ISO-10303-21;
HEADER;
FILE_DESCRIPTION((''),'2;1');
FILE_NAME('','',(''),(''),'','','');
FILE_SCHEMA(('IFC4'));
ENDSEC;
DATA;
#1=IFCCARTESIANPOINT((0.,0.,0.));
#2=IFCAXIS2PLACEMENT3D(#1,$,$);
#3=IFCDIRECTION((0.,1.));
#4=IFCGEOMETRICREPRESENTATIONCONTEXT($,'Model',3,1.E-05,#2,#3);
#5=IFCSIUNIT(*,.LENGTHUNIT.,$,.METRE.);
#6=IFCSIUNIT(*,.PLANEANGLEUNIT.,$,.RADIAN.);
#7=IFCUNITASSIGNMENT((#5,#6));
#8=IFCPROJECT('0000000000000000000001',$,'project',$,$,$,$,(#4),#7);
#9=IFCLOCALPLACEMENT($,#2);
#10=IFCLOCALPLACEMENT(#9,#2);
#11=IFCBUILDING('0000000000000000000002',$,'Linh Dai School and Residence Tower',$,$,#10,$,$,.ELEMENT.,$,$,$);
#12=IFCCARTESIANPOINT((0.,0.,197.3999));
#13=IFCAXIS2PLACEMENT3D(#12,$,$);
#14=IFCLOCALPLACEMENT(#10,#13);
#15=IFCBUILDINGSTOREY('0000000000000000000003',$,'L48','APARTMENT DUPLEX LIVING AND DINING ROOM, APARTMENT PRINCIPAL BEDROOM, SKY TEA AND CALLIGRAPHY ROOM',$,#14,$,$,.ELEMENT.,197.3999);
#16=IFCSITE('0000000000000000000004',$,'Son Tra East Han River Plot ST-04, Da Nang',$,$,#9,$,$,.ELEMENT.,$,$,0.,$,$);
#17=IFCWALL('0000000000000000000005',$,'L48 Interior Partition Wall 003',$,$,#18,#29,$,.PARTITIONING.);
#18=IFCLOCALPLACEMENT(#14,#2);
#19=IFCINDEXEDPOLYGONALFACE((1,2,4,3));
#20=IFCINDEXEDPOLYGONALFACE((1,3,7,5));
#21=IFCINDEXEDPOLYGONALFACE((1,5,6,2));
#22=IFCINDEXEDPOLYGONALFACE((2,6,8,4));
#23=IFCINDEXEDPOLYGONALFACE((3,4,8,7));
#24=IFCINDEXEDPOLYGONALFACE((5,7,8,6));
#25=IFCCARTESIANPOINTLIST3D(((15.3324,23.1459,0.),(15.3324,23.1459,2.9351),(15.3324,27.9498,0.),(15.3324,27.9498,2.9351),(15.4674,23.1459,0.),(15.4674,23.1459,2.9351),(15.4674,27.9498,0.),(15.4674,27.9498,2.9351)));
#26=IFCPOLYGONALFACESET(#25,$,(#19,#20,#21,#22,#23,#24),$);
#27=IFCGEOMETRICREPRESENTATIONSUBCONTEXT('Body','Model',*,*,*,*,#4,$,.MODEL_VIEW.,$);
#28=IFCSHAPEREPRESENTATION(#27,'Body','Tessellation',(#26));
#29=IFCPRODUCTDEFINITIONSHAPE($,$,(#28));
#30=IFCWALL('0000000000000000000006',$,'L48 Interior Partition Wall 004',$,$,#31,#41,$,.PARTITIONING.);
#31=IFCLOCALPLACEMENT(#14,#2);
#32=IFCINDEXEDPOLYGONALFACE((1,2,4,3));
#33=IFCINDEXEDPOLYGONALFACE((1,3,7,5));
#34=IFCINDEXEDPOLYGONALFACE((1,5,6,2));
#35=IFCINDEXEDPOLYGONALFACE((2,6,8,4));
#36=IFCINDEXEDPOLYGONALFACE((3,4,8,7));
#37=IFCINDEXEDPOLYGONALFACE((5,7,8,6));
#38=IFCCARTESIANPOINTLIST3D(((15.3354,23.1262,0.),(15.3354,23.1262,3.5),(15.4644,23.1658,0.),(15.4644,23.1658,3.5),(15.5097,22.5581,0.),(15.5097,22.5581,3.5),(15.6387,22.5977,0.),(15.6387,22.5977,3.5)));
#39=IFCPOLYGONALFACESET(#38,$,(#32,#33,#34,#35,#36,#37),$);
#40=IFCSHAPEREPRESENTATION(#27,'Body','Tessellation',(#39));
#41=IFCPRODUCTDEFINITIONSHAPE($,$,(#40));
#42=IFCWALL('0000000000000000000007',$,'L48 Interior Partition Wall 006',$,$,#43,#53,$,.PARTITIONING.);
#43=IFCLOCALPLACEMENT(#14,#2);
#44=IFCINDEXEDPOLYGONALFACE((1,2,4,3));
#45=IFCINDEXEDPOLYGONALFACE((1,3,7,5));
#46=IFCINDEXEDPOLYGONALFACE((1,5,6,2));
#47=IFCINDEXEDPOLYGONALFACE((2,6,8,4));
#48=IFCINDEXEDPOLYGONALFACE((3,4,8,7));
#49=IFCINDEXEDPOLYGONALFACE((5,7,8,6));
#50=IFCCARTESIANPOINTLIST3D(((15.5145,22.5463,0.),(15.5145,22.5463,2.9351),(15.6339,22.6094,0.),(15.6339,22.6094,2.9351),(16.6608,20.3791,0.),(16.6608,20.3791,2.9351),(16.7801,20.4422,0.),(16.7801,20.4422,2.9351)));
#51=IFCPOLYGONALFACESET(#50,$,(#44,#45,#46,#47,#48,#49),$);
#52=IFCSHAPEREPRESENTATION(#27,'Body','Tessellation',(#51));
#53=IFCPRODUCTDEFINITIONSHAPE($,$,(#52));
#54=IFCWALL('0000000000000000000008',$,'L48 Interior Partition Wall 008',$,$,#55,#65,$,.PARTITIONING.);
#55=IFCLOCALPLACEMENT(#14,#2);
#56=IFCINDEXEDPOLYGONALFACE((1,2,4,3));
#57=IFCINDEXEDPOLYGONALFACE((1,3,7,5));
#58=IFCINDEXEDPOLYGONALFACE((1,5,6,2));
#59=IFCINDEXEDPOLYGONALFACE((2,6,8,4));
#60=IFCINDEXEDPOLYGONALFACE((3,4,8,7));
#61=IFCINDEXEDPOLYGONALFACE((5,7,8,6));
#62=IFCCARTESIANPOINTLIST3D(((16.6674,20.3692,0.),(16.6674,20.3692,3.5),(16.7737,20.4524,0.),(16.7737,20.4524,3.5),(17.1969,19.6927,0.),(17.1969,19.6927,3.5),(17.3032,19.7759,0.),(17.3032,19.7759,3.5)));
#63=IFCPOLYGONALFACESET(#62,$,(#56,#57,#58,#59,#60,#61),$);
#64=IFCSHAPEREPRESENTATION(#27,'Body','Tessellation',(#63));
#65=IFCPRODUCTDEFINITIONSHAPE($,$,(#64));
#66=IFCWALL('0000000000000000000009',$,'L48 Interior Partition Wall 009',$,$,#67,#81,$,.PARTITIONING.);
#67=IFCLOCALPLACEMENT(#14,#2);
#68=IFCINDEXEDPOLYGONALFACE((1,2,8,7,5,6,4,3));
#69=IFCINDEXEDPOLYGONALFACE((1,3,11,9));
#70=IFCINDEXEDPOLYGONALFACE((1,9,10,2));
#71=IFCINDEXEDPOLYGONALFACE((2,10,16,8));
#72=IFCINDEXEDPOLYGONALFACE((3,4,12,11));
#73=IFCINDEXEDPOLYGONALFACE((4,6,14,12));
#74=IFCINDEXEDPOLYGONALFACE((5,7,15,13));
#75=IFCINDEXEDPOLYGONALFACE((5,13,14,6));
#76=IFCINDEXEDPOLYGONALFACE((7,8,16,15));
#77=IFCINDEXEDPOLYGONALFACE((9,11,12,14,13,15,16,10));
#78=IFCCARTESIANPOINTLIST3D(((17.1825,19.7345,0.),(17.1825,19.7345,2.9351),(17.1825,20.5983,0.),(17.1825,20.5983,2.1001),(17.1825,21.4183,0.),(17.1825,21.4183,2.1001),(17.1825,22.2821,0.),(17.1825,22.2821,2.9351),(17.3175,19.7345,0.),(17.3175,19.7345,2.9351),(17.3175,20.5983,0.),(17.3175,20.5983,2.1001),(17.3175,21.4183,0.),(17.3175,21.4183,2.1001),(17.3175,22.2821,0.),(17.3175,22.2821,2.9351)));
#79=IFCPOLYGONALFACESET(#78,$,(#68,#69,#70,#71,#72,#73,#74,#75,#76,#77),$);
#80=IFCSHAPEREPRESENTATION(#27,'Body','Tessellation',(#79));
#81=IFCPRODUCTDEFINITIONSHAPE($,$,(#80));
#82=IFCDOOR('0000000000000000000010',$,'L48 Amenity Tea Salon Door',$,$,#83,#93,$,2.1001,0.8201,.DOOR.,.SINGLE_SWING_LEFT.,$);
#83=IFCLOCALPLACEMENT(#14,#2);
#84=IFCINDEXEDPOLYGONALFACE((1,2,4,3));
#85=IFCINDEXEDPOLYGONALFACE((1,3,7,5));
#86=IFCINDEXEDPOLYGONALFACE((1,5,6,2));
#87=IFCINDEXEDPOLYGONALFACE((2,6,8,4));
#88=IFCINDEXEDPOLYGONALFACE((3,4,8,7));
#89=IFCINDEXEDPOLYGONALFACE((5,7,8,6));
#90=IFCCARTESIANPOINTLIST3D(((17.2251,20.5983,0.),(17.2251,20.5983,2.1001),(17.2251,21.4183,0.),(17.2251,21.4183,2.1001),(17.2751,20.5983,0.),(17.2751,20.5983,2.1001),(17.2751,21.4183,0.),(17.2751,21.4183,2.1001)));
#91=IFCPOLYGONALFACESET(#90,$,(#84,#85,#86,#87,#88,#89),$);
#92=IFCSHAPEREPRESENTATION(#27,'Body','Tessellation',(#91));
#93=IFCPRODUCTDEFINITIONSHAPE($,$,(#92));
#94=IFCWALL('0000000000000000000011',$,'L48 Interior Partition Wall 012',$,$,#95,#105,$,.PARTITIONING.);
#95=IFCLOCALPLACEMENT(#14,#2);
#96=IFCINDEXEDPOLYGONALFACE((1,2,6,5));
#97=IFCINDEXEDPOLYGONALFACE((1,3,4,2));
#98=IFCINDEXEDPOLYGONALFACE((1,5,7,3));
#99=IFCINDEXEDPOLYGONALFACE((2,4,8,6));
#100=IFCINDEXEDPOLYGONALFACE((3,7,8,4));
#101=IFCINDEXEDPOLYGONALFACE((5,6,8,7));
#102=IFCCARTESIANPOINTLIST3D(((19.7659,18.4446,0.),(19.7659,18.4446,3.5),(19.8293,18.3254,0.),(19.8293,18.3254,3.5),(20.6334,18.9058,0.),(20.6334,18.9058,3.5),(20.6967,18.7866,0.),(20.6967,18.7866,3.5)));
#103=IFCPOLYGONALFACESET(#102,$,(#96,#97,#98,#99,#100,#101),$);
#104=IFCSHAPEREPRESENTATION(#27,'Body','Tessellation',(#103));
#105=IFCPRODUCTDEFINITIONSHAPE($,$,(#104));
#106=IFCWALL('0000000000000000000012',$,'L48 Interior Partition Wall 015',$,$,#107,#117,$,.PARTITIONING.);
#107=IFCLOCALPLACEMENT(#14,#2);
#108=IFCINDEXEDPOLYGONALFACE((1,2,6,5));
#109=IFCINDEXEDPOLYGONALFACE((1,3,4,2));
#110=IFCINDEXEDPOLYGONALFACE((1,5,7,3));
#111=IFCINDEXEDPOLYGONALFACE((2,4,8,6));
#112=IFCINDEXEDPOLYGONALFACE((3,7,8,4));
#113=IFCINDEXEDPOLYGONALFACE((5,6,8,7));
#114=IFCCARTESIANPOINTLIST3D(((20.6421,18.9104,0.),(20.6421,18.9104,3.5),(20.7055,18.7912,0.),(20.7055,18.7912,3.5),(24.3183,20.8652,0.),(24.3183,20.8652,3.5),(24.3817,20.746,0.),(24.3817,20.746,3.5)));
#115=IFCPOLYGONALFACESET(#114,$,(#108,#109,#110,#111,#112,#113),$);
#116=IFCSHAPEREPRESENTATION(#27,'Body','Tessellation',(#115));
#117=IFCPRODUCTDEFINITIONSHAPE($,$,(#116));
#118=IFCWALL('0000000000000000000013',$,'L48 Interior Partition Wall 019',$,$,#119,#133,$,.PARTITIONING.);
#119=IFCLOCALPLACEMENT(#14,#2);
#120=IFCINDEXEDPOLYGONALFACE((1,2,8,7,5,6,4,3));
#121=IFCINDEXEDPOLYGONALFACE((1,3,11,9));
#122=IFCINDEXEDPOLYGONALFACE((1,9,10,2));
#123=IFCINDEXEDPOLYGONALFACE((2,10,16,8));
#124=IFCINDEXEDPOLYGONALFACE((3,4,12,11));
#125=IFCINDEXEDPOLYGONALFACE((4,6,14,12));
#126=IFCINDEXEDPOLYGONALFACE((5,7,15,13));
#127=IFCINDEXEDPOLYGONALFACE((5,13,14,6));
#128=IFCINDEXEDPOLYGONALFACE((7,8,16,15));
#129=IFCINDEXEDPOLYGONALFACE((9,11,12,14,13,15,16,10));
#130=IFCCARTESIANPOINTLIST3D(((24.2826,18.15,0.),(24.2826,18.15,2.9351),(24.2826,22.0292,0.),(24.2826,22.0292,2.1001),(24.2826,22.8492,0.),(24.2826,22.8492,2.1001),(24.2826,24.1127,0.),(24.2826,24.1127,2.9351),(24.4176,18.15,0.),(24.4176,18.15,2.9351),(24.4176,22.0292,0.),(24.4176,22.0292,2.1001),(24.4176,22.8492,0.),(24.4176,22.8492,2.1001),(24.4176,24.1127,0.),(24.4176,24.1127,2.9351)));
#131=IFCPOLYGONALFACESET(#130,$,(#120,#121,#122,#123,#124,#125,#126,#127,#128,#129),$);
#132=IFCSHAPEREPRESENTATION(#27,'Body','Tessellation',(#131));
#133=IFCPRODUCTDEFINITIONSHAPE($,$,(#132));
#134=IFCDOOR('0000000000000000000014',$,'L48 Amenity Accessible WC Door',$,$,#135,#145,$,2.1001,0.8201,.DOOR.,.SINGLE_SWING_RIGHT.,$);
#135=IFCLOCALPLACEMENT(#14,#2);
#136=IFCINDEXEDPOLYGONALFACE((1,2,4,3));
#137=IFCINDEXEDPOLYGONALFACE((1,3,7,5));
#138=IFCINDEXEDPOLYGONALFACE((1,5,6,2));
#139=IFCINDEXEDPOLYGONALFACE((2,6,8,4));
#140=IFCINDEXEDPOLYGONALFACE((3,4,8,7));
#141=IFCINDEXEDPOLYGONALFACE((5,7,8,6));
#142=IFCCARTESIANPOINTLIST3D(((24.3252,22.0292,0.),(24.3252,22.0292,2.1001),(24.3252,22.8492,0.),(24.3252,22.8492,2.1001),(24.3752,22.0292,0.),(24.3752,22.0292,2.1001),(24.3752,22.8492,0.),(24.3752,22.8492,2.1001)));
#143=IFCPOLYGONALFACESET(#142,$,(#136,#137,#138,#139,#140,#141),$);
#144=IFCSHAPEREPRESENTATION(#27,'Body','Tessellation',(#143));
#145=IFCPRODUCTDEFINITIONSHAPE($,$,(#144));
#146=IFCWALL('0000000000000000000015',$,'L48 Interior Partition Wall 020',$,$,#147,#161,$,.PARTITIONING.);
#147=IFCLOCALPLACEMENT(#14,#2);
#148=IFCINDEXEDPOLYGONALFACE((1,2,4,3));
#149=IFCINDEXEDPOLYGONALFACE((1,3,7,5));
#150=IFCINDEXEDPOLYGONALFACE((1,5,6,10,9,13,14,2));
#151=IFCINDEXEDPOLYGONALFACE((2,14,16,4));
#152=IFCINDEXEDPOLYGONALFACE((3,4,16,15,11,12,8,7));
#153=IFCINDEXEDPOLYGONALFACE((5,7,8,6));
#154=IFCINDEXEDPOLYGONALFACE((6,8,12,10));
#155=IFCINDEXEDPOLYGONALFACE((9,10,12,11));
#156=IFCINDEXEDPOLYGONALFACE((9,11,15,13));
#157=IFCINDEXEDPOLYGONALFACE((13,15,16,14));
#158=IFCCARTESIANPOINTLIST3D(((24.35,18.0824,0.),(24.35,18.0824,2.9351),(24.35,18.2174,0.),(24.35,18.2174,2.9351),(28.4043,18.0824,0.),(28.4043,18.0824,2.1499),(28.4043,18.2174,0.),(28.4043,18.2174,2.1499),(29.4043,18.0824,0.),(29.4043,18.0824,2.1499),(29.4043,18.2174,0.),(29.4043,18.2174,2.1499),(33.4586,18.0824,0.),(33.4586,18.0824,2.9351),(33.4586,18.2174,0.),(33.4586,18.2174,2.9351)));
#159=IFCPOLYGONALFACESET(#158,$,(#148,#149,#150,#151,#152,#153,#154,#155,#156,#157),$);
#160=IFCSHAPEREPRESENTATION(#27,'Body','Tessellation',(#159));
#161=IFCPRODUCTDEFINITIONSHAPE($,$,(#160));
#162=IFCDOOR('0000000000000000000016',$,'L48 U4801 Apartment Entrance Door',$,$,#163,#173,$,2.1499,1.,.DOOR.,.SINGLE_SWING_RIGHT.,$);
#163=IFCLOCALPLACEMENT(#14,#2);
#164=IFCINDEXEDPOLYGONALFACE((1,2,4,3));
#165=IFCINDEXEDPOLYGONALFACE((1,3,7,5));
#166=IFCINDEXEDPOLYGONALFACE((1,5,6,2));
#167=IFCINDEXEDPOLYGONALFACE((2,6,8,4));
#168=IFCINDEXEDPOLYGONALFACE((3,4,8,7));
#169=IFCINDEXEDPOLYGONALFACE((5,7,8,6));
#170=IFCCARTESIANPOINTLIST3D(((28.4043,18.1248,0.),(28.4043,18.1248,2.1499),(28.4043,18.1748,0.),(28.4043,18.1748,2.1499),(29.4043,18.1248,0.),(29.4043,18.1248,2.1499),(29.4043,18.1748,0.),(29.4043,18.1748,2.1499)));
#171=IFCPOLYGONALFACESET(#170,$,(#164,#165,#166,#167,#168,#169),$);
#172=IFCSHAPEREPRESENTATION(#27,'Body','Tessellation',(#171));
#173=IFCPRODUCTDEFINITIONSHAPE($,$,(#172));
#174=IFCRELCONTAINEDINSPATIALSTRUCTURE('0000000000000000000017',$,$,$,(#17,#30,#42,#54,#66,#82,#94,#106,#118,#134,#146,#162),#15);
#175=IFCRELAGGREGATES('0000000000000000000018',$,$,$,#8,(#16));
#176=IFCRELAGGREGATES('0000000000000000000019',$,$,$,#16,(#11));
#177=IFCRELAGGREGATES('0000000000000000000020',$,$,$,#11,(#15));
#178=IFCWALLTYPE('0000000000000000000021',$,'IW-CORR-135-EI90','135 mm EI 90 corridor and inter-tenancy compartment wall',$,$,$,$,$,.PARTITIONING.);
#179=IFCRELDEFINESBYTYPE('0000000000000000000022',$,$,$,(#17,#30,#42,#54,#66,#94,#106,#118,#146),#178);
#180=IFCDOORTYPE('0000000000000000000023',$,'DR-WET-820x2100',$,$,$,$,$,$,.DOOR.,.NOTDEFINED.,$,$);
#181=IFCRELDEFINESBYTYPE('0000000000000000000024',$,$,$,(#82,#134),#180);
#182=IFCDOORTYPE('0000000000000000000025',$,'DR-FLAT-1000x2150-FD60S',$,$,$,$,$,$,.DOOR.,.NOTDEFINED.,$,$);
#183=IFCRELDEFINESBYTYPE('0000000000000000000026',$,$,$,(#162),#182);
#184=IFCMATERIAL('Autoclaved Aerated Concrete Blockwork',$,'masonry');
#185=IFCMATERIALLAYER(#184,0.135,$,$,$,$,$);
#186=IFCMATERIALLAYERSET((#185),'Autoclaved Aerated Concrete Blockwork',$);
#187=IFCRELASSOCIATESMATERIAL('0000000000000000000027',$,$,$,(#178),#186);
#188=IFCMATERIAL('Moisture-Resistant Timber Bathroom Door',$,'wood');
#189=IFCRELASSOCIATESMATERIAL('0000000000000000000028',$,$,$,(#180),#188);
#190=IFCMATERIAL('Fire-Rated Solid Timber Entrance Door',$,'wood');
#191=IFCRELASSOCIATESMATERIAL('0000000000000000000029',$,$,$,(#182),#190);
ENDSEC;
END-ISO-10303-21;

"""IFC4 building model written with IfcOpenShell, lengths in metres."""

from ifc_helpers import new_model, si_unit, direction, frame, frame_2d, origin, origin_2d, place, context, subcontext, project, spatial, rectangle, extrude, source, transform, mapped, material, layer, layer_set, type_object, element, fill, save


model = new_model("IFC4")

# Units and contexts
model_context = context("Model", 3, precision=1e-05, world=origin(), true_north=direction((0.0, 1.0)))
body_context = subcontext(model_context, "Body", "Model", "MODEL_VIEW")
ifc_project = project(units=[si_unit("LENGTHUNIT", "METRE"), si_unit("PLANEANGLEUNIT", "RADIAN")], contexts=[model_context])

# Site, building, storey
site_placement = place(None, origin())
site = spatial("IfcSite", under=ifc_project, at=site_placement, Name="Son Tra East Han River Plot ST-04, Da Nang", CompositionType="ELEMENT", RefElevation=0.0)
building_placement = place(site_placement, origin())
building = spatial("IfcBuilding", under=site, at=building_placement, Name="Linh Dai School and Residence Tower", CompositionType="ELEMENT")
storey_placement = place(building_placement, frame((0.0, 0.0, 197.3999)))
storey = spatial("IfcBuildingStorey", under=building, at=storey_placement, Name="L48", Description="APARTMENT DUPLEX LIVING AND DINING ROOM, APARTMENT PRINCIPAL BEDROOM, SKY TEA AND CALLIGRAPHY ROOM", CompositionType="ELEMENT", Elevation=197.3999)

# Walls
ifc_material_1 = material(Name="Autoclaved Aerated Concrete Blockwork", Category="masonry")
ifc_layer_1 = layer(ifc_material_1, 0.135)
ifc_layer_set_1 = layer_set([ifc_layer_1], Name="Autoclaved Aerated Concrete Blockwork")
wall_type_1 = type_object("IfcWallType", Name="IW-CORR-135-EI90", Description="135 mm EI 90 corridor and inter-tenancy compartment wall", PredefinedType="PARTITIONING", material=ifc_layer_set_1)
wall_1_placement = place(storey_placement, frame((15.3999, 23.146, 0.0), z_axis=(0.0, 0.0, 1.0), x_axis=(0.0, 1.0, 0.0)))
element("IfcWall", 1, at=wall_1_placement, inside=storey, type_object=wall_type_1, Name="L48 Interior Partition Wall 003", PredefinedType="PARTITIONING", context=body_context, shape_type="SweptSolid", body=[
    extrude(rectangle(XDim=4.804, YDim=0.135, at=frame_2d((2.4019, 0.0))), origin(), (0.0, 0.0, 1.0), 2.9351),
])
wall_2_placement = place(storey_placement, frame((15.3999, 23.146, 0.0), z_axis=(0.0, 0.0, 1.0), x_axis=(0.293335, -0.95601, 0.0)))
element("IfcWall", 2, at=wall_2_placement, inside=storey, type_object=wall_type_1, Name="L48 Interior Partition Wall 004", PredefinedType="PARTITIONING", context=body_context, shape_type="SweptSolid", body=[
    extrude(rectangle(XDim=0.5942, YDim=0.135, at=frame_2d((0.2971, 0.0))), origin(), (0.0, 0.0, 1.0), 3.5),
])
wall_3_placement = place(storey_placement, frame((15.5742, 22.5779, 0.0), z_axis=(0.0, 0.0, 1.0), x_axis=(0.467531, -0.883977, 0.0)))
element("IfcWall", 3, at=wall_3_placement, inside=storey, type_object=wall_type_1, Name="L48 Interior Partition Wall 006", PredefinedType="PARTITIONING", context=body_context, shape_type="SweptSolid", body=[
    extrude(rectangle(XDim=2.4517, YDim=0.135, at=frame_2d((1.2258, 0.0))), origin(), (0.0, 0.0, 1.0), 2.9351),
])
wall_4_placement = place(storey_placement, frame((16.7205, 20.4109, 0.0), z_axis=(0.0, 0.0, 1.0), x_axis=(0.616377, -0.787451, 0.0)))
element("IfcWall", 4, at=wall_4_placement, inside=storey, type_object=wall_type_1, Name="L48 Interior Partition Wall 008", PredefinedType="PARTITIONING", context=body_context, shape_type="SweptSolid", body=[
    extrude(rectangle(XDim=0.8591, YDim=0.135, at=frame_2d((0.4297, 0.0))), origin(), (0.0, 0.0, 1.0), 3.5),
])

# Wall, opening, door
wall_5_placement = place(storey_placement, frame((17.25, 19.7344, 0.0), z_axis=(0.0, 0.0, 1.0), x_axis=(0.0, 1.0, 0.0)))
wall_5 = element("IfcWall", 5, at=wall_5_placement, inside=storey, type_object=wall_type_1, Name="L48 Interior Partition Wall 009", PredefinedType="PARTITIONING", context=body_context, shape_type="SweptSolid", body=[
    extrude(rectangle(XDim=2.5476, YDim=0.135, at=frame_2d((1.2739, 0.0))), origin(), (0.0, 0.0, 1.0), 2.9351),
])
opening_1_placement = place(wall_5_placement, frame((0.8638, 0.0, 0.0)))
opening_1 = element("IfcOpeningElement", 6, at=opening_1_placement, cuts=wall_5, PredefinedType="OPENING", context=body_context, shape_type="SweptSolid", body=[
    extrude(rectangle(XDim=0.8201, YDim=2.1001, at=origin_2d()), frame((0.4102, 0.0776, 1.05), z_axis=(0.0, -1.0, 0.0), x_axis=(1.0, 0.0, 0.0)), (0.0, 0.0, 1.0), 0.155),
])
ifc_material_2 = material(Name="Moisture-Resistant Timber Bathroom Door", Category="wood")
door_type_1 = type_object("IfcDoorType", Name="DR-WET-820x2100", OperationType="NOTDEFINED", PredefinedType="DOOR", material=ifc_material_2)
shared_shape_1 = source(origin(), body_context, "Body", "SweptSolid", [
    extrude(rectangle(XDim=0.8201, YDim=2.1001, at=origin_2d()), frame((0.4102, 0.0249, 1.05), z_axis=(0.0, -1.0, 0.0), x_axis=(1.0, 0.0, 0.0)), (0.0, 0.0, 1.0), 0.05),
])
door_1_placement = place(opening_1_placement, origin())
door_1 = element("IfcDoor", 7, at=door_1_placement, inside=storey, type_object=door_type_1, Name="L48 Amenity Tea Salon Door", OperationType="SINGLE_SWING_LEFT", OverallHeight=2.1001, OverallWidth=0.8201, PredefinedType="DOOR", context=body_context, shape_type="MappedRepresentation", body=[
    mapped(shared_shape_1, transform((0.0, 0.0, 0.0), x_axis=(1.0, 0.0, 0.0), y_axis=(0.0, 1.0, 0.0), z_axis=(0.0, 0.0, 1.0), scale=1.0)),
])
fill(opening_1, door_1)

# Walls
wall_6_placement = place(storey_placement, frame((19.7976, 18.385, 0.0), z_axis=(0.0, 0.0, 1.0), x_axis=(0.882964, 0.46944, 0.0)))
element("IfcWall", 8, at=wall_6_placement, inside=storey, type_object=wall_type_1, Name="L48 Interior Partition Wall 012", PredefinedType="PARTITIONING", context=body_context, shape_type="SweptSolid", body=[
    extrude(rectangle(XDim=0.9824, YDim=0.135, at=frame_2d((0.4912, 0.0))), origin(), (0.0, 0.0, 1.0), 3.5),
])
wall_7_placement = place(storey_placement, frame((20.6738, 18.8508, 0.0), z_axis=(0.0, 0.0, 1.0), x_axis=(0.882935, 0.469495, 0.0)))
element("IfcWall", 9, at=wall_7_placement, inside=storey, type_object=wall_type_1, Name="L48 Interior Partition Wall 015", PredefinedType="PARTITIONING", context=body_context, shape_type="SweptSolid", body=[
    extrude(rectangle(XDim=4.1636, YDim=0.135, at=frame_2d((2.0818, 0.0))), origin(), (0.0, 0.0, 1.0), 3.5),
])

# Walls, openings, doors
wall_8_placement = place(storey_placement, frame((24.3501, 18.1499, 0.0), z_axis=(0.0, 0.0, 1.0), x_axis=(0.0, 1.0, 0.0)))
wall_8 = element("IfcWall", 10, at=wall_8_placement, inside=storey, type_object=wall_type_1, Name="L48 Interior Partition Wall 019", PredefinedType="PARTITIONING", context=body_context, shape_type="SweptSolid", body=[
    extrude(rectangle(XDim=5.9626, YDim=0.135, at=frame_2d((2.9814, 0.0))), origin(), (0.0, 0.0, 1.0), 2.9351),
])
opening_2_placement = place(wall_8_placement, frame((3.8792, 0.0, 0.0)))
opening_2 = element("IfcOpeningElement", 11, at=opening_2_placement, cuts=wall_8, PredefinedType="OPENING", context=body_context, shape_type="SweptSolid", body=[
    extrude(rectangle(XDim=0.8201, YDim=2.1001, at=origin_2d()), frame((0.4102, 0.0776, 1.05), z_axis=(0.0, -1.0, 0.0), x_axis=(1.0, 0.0, 0.0)), (0.0, 0.0, 1.0), 0.155),
])
door_2_placement = place(opening_2_placement, origin())
door_2 = element("IfcDoor", 12, at=door_2_placement, inside=storey, type_object=door_type_1, Name="L48 Amenity Accessible WC Door", OperationType="SINGLE_SWING_RIGHT", OverallHeight=2.1001, OverallWidth=0.8201, PredefinedType="DOOR", context=body_context, shape_type="MappedRepresentation", body=[
    mapped(shared_shape_1, transform((0.0, 0.0, 0.0), x_axis=(1.0, 0.0, 0.0), y_axis=(0.0, 1.0, 0.0), z_axis=(0.0, 0.0, 1.0), scale=1.0)),
])
fill(opening_2, door_2)
wall_9_placement = place(storey_placement, frame((24.3501, 18.1499, 0.0), z_axis=(0.0, 0.0, 1.0), x_axis=(1.0, 0.0, 0.0)))
wall_9 = element("IfcWall", 13, at=wall_9_placement, inside=storey, type_object=wall_type_1, Name="L48 Interior Partition Wall 020", PredefinedType="PARTITIONING", context=body_context, shape_type="SweptSolid", body=[
    extrude(rectangle(XDim=9.1086, YDim=0.135, at=frame_2d((4.5542, 0.0))), origin(), (0.0, 0.0, 1.0), 2.9351),
])
opening_3_placement = place(wall_9_placement, frame((4.0542, 0.0, 0.0)))
opening_3 = element("IfcOpeningElement", 14, at=opening_3_placement, cuts=wall_9, PredefinedType="OPENING", context=body_context, shape_type="SweptSolid", body=[
    extrude(rectangle(XDim=1.0, YDim=2.1499, at=origin_2d()), frame((0.5, 0.0776, 1.075), z_axis=(0.0, -1.0, 0.0), x_axis=(1.0, 0.0, 0.0)), (0.0, 0.0, 1.0), 0.155),
])
ifc_material_3 = material(Name="Fire-Rated Solid Timber Entrance Door", Category="wood")
door_type_2 = type_object("IfcDoorType", Name="DR-FLAT-1000x2150-FD60S", OperationType="NOTDEFINED", PredefinedType="DOOR", material=ifc_material_3)
shared_shape_2 = source(origin(), body_context, "Body", "SweptSolid", [
    extrude(rectangle(XDim=1.0, YDim=2.1499, at=origin_2d()), frame((0.5, 0.0249, 1.075), z_axis=(0.0, -1.0, 0.0), x_axis=(1.0, 0.0, 0.0)), (0.0, 0.0, 1.0), 0.05),
])
door_3_placement = place(opening_3_placement, origin())
door_3 = element("IfcDoor", 15, at=door_3_placement, inside=storey, type_object=door_type_2, Name="L48 U4801 Apartment Entrance Door", OperationType="SINGLE_SWING_RIGHT", OverallHeight=2.1499, OverallWidth=1.0, PredefinedType="DOOR", context=body_context, shape_type="MappedRepresentation", body=[
    mapped(shared_shape_2, transform((0.0, 0.0, 0.0), x_axis=(1.0, 0.0, 0.0), y_axis=(0.0, 1.0, 0.0), z_axis=(0.0, 0.0, 1.0), scale=1.0)),
])
fill(opening_3, door_3)

save(model, "model.ifc")
